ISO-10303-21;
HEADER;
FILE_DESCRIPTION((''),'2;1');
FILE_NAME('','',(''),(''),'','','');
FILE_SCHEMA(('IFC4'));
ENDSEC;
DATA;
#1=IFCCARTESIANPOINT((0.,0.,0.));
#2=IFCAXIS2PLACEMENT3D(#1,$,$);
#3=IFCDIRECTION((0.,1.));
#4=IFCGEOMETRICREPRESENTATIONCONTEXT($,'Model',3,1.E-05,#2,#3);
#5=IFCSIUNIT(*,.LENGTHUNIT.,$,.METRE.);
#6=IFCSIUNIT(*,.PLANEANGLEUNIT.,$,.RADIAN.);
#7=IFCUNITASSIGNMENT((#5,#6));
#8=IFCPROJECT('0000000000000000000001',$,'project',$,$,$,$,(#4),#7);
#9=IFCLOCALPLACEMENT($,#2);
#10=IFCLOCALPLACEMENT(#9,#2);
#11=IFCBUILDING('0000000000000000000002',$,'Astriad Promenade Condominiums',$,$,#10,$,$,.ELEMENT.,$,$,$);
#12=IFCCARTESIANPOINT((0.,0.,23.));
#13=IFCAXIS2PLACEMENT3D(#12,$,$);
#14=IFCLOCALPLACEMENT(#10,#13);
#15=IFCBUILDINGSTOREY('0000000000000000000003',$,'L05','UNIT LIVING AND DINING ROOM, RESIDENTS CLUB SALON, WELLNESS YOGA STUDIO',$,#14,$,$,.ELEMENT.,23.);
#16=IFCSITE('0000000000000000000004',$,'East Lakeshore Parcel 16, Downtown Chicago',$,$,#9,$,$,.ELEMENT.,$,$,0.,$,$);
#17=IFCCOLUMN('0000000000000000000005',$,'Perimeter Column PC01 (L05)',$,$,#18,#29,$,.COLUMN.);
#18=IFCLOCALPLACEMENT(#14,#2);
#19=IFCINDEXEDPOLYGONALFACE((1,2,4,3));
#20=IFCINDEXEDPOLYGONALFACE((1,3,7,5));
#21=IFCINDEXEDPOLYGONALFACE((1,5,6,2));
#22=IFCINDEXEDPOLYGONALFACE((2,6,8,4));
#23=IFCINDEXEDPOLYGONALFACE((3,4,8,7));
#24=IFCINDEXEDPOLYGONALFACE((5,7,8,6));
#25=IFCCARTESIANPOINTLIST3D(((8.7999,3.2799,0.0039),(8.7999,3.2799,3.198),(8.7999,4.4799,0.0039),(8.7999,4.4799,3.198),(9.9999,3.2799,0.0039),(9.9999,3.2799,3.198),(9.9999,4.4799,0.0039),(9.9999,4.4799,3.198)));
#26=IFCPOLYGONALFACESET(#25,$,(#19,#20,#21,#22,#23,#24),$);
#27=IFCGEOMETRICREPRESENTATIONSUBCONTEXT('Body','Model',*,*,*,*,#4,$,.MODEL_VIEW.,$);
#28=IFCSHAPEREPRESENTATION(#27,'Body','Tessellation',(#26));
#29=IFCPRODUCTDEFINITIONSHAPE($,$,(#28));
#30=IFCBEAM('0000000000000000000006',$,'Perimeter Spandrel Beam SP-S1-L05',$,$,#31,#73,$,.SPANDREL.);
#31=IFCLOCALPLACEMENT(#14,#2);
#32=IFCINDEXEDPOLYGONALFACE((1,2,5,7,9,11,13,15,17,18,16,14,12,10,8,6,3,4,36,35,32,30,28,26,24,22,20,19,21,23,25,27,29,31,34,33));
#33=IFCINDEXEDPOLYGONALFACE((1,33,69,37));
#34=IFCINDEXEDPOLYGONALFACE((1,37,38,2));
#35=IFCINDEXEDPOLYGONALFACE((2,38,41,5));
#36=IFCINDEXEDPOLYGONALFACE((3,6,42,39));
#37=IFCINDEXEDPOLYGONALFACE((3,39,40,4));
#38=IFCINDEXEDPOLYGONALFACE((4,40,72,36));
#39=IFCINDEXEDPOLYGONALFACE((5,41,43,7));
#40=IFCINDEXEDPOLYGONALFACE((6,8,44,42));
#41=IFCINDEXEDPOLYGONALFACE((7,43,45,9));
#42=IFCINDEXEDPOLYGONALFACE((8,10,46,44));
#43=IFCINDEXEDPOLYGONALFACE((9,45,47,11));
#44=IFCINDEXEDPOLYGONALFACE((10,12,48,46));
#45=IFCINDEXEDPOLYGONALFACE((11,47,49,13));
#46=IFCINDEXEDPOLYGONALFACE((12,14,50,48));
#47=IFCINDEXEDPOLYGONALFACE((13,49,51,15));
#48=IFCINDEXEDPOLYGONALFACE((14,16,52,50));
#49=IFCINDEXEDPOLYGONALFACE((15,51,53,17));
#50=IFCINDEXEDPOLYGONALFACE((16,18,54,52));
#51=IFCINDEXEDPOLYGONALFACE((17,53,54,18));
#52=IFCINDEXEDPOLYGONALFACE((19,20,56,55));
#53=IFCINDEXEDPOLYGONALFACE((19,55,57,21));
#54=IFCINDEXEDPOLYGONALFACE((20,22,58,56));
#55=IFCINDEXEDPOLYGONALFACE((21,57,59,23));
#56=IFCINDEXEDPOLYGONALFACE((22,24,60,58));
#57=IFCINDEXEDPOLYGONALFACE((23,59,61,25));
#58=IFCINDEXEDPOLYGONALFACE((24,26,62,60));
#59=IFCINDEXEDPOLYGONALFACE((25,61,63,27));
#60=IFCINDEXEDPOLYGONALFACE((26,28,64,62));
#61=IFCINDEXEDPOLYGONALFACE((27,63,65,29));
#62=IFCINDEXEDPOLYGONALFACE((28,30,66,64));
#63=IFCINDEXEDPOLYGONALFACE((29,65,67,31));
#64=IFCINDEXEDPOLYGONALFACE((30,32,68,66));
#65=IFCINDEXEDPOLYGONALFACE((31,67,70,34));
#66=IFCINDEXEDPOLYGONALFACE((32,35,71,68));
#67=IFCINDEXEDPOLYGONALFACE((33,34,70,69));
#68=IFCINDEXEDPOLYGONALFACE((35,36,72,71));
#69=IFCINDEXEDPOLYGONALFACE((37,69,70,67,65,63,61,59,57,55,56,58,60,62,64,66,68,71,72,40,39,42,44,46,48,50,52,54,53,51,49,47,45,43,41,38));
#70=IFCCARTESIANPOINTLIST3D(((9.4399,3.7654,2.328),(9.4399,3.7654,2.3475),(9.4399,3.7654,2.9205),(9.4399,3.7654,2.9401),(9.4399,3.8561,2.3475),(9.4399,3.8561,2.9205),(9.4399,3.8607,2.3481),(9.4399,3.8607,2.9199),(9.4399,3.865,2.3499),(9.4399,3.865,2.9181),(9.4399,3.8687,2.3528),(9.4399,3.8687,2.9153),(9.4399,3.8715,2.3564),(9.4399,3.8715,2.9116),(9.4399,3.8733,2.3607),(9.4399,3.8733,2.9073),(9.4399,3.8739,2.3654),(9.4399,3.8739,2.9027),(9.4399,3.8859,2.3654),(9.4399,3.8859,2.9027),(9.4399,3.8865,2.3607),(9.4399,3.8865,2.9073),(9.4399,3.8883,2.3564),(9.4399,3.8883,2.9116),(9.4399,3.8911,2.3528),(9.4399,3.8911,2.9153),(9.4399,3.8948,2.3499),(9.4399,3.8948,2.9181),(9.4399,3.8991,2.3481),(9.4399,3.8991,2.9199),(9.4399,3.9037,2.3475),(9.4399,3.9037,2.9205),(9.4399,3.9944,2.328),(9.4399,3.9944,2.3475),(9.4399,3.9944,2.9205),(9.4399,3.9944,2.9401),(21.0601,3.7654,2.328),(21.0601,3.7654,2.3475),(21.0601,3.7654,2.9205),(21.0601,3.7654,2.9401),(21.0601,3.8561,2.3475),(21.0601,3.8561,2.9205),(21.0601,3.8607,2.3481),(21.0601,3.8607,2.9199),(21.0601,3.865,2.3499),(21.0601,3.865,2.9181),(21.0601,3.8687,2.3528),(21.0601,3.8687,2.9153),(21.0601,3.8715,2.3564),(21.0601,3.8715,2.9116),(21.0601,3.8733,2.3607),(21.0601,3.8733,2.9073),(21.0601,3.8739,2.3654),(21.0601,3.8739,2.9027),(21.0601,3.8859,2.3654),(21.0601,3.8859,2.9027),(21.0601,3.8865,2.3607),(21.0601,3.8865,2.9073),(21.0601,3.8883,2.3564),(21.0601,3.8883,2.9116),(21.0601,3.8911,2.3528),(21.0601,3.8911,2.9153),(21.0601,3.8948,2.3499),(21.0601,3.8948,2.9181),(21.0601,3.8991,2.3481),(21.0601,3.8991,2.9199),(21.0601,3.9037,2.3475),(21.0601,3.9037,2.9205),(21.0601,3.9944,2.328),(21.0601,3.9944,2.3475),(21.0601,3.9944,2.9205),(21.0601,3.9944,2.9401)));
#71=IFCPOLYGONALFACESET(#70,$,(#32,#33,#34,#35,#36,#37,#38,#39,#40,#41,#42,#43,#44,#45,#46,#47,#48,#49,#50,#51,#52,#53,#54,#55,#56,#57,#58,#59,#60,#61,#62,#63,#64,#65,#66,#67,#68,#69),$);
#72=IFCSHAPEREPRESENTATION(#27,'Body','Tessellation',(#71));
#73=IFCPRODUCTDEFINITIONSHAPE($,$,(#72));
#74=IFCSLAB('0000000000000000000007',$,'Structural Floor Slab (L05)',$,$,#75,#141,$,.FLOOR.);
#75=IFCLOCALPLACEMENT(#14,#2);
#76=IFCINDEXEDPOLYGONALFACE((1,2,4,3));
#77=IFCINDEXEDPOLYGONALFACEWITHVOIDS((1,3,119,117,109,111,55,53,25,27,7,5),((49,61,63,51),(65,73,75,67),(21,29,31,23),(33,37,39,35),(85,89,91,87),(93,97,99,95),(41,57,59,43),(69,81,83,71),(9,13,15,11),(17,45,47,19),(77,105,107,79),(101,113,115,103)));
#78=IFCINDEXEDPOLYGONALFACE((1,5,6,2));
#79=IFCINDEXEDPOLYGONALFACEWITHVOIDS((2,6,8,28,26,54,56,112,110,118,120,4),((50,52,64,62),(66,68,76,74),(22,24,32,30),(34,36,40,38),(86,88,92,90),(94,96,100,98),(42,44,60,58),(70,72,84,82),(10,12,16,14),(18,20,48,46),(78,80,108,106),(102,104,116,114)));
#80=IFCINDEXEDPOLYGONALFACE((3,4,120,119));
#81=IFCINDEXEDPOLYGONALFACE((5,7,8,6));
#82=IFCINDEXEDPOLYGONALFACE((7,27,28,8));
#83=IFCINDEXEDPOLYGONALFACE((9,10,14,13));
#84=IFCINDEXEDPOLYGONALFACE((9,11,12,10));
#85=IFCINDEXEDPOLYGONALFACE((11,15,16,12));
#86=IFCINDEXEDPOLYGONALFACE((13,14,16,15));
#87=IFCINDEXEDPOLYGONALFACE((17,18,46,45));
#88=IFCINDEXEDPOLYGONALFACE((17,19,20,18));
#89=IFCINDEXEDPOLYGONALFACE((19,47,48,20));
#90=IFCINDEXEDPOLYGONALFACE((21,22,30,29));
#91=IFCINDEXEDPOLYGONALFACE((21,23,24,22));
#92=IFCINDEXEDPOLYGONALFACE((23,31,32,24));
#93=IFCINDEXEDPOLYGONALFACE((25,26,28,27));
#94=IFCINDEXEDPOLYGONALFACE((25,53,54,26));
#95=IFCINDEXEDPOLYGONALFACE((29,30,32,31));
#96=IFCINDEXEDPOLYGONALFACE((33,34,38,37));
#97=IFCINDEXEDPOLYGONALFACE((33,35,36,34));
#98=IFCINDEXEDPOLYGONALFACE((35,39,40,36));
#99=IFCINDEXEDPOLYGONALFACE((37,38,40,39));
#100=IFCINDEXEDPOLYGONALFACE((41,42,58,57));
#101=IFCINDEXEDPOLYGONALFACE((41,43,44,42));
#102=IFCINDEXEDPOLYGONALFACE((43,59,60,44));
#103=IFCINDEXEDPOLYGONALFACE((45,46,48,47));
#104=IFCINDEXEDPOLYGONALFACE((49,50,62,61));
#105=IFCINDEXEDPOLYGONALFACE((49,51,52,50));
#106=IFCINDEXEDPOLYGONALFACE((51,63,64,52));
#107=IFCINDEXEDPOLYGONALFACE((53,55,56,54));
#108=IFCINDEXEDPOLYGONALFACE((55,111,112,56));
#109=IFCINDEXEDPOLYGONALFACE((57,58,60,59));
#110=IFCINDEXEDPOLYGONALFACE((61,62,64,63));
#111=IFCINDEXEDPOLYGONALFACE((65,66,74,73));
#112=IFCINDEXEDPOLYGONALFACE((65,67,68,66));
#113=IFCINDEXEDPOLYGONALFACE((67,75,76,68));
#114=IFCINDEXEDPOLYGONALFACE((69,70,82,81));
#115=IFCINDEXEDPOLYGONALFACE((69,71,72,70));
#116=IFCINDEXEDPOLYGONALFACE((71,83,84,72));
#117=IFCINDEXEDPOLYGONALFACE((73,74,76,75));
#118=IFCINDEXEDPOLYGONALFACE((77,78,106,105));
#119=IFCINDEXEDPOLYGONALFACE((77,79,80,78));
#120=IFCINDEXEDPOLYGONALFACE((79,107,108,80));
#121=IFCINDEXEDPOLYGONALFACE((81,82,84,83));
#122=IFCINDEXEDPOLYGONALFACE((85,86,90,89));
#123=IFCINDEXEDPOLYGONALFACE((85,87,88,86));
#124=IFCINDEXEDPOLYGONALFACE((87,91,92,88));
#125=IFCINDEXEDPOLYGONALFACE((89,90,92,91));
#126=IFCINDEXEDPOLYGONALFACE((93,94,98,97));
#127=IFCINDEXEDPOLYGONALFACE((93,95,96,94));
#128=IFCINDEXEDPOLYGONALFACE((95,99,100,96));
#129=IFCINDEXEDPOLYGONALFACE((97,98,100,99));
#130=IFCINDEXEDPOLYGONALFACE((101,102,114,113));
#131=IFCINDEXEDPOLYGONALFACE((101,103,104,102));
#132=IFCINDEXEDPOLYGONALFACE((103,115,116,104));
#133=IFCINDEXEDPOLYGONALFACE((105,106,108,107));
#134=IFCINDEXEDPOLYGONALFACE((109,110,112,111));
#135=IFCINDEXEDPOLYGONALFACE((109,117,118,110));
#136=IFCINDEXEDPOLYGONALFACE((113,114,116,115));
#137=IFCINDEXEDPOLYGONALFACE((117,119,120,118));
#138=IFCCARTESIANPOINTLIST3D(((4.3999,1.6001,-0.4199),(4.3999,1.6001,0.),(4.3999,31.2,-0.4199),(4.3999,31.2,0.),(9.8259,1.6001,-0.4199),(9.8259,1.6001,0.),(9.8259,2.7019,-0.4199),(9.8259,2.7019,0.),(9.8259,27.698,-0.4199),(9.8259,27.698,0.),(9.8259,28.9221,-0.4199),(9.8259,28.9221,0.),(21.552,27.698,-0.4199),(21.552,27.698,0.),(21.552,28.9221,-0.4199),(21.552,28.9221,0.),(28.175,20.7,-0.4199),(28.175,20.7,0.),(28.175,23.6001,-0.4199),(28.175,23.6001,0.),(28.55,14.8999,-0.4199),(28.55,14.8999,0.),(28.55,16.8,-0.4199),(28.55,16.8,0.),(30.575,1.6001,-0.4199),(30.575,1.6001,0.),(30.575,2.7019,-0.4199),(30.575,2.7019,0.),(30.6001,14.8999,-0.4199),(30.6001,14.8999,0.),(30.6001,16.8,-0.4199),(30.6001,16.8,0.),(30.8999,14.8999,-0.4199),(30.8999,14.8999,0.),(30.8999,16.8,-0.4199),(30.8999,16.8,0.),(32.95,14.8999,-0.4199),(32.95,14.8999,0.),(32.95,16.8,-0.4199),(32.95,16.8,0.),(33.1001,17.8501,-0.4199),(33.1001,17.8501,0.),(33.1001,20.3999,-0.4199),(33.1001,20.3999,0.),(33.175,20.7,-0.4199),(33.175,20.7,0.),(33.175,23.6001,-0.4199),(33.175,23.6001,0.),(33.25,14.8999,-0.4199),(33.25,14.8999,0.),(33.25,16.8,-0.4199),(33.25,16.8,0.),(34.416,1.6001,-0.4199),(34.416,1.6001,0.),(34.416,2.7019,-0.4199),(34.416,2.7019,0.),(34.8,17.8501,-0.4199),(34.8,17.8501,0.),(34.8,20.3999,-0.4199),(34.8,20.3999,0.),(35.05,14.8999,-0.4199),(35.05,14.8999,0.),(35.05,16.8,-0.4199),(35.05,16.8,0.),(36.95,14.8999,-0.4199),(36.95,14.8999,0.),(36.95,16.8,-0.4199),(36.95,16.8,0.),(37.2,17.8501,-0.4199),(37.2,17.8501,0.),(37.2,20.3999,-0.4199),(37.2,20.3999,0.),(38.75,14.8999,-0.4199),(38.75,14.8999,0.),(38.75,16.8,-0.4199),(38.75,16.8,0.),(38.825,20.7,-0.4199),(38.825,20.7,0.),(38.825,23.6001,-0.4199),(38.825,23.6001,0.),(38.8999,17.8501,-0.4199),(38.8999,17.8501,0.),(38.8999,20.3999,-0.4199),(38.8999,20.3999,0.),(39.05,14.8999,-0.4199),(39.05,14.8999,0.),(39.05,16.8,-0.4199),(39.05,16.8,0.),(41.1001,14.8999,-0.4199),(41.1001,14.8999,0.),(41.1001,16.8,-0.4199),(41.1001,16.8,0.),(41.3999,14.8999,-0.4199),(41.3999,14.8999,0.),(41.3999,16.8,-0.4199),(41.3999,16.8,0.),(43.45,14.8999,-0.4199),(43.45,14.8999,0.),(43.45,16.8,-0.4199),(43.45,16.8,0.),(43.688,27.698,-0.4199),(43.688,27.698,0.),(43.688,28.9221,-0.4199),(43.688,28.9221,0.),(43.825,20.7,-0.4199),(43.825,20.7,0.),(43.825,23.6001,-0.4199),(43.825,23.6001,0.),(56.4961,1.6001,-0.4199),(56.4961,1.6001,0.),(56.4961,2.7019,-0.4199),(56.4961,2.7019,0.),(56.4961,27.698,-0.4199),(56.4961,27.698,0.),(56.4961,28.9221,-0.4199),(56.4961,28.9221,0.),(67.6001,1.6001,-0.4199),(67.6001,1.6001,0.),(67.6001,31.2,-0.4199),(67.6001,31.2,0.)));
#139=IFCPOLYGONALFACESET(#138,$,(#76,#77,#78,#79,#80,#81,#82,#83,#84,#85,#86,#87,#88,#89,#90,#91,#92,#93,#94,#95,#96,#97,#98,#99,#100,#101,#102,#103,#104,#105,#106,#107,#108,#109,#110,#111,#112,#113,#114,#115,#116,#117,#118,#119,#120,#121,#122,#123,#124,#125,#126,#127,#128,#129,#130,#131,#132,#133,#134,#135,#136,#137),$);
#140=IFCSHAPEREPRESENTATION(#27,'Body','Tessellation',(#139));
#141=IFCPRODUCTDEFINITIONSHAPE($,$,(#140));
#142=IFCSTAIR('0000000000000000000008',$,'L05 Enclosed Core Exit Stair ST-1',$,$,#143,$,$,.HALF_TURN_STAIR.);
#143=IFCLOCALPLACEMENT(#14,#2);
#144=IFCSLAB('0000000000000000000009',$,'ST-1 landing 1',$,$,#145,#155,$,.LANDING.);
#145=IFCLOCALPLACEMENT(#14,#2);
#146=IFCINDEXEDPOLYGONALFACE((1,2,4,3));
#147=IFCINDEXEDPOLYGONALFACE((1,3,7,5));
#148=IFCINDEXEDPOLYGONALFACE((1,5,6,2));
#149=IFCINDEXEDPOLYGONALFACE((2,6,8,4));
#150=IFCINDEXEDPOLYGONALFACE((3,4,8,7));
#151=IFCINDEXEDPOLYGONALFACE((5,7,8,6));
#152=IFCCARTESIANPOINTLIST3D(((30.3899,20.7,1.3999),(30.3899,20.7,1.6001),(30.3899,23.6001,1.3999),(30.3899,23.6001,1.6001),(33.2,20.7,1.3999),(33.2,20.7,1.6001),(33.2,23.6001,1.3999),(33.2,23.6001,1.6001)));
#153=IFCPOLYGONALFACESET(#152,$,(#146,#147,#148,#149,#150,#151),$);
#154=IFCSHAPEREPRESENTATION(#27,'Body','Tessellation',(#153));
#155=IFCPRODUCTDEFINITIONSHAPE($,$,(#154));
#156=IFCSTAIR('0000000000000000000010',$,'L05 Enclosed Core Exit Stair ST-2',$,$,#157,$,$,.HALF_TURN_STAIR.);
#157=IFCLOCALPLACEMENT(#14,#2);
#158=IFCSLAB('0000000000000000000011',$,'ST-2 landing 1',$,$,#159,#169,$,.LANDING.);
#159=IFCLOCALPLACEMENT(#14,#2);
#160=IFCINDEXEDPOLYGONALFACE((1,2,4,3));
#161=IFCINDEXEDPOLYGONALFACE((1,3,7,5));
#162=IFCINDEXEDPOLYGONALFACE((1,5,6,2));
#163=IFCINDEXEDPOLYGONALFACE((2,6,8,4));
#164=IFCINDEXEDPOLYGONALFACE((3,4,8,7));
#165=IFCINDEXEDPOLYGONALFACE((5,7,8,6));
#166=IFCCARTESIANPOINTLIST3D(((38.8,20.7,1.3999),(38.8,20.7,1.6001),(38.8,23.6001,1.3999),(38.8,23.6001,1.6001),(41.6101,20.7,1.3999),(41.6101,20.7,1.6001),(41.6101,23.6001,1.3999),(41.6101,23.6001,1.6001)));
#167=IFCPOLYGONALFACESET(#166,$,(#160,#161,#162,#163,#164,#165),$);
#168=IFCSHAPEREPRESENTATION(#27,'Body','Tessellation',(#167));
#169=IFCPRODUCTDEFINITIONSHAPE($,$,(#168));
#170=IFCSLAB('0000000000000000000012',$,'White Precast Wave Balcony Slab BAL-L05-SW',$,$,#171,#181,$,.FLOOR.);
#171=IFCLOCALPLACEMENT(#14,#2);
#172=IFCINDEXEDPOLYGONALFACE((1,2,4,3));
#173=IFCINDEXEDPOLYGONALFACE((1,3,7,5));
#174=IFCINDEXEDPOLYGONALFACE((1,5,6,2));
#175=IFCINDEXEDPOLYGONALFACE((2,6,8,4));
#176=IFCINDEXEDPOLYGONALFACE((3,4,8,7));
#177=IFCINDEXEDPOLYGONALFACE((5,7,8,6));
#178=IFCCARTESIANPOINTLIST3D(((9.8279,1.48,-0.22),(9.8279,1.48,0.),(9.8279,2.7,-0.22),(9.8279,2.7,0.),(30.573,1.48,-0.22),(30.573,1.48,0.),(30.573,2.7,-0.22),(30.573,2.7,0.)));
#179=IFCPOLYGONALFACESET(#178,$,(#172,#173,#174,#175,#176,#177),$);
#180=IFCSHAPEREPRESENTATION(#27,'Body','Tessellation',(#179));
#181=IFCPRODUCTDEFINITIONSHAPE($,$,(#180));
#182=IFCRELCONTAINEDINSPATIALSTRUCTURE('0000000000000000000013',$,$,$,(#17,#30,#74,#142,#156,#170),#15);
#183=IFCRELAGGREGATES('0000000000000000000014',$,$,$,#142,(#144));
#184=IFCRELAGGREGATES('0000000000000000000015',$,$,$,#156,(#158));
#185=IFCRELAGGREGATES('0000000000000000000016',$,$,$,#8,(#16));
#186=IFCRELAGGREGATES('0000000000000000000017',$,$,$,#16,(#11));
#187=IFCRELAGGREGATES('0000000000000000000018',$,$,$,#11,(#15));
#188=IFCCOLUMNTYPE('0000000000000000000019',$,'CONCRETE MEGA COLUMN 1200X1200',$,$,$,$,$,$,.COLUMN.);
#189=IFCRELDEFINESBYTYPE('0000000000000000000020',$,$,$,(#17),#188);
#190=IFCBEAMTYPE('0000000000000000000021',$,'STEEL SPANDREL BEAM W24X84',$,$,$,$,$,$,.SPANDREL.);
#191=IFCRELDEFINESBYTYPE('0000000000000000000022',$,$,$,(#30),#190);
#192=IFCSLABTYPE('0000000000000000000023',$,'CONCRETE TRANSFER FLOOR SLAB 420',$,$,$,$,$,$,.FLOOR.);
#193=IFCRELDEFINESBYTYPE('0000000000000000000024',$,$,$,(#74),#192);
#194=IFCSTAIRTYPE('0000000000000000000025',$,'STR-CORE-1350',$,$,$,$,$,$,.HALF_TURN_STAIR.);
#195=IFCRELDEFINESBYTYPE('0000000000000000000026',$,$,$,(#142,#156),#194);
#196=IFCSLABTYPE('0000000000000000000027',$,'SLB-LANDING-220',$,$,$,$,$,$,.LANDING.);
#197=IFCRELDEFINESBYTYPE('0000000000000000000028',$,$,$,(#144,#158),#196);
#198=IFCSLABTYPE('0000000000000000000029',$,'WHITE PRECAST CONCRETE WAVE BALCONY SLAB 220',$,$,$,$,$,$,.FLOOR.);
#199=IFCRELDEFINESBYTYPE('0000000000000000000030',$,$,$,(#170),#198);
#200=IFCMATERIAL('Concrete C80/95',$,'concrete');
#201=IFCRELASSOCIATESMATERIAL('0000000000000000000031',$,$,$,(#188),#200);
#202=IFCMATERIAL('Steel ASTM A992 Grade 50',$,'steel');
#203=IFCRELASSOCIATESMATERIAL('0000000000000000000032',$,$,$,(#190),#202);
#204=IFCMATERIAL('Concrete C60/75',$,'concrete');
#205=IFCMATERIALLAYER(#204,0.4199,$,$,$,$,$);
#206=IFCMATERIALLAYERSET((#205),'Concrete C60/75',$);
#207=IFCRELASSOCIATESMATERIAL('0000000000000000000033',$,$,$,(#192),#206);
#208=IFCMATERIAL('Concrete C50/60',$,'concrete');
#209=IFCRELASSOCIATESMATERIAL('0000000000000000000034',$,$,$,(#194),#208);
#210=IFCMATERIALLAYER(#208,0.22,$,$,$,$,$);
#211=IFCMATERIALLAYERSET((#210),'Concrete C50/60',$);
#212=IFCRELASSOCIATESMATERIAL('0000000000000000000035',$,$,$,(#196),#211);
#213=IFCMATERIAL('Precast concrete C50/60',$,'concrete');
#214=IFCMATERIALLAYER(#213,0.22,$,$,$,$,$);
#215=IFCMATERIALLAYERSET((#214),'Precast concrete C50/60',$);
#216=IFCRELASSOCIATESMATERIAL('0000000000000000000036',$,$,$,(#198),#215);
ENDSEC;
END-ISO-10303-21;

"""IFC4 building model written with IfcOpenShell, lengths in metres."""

from ifc_helpers import new_model, si_unit, direction, frame, origin, origin_2d, place, context, subcontext, project, spatial, polyline, rectangle, i_section, outline, extrude, source, transform, mapped, material, layer, layer_set, material_profile, profile_set, type_object, type_shapes, element, aggregate, save


model = new_model("IFC4")

# Units and contexts
model_context = context("Model", 3, precision=1e-05, world=origin(), true_north=direction((0.0, 1.0)))
body_context = subcontext(model_context, "Body", "Model", "MODEL_VIEW")
ifc_project = project(units=[si_unit("LENGTHUNIT", "METRE"), si_unit("PLANEANGLEUNIT", "RADIAN")], contexts=[model_context])

# Site, building, storey
site_placement = place(None, origin())
site = spatial("IfcSite", under=ifc_project, at=site_placement, Name="East Lakeshore Parcel 16, Downtown Chicago", CompositionType="ELEMENT", RefElevation=0.0)
building_placement = place(site_placement, origin())
building = spatial("IfcBuilding", under=site, at=building_placement, Name="Astriad Promenade Condominiums", CompositionType="ELEMENT")
storey_placement = place(building_placement, frame((0.0, 0.0, 23.0)))
storey = spatial("IfcBuildingStorey", under=building, at=storey_placement, Name="L05", Description="UNIT LIVING AND DINING ROOM, RESIDENTS CLUB SALON, WELLNESS YOGA STUDIO", CompositionType="ELEMENT", Elevation=23.0)

# Column
ifc_material_1 = material(Name="Concrete C80/95", Category="concrete")
ifc_material_profile_1 = material_profile(ifc_material_1, rectangle(XDim=1.2, YDim=1.2, at=origin_2d()), Name="RC-COL-1200X1200")
ifc_profile_set_1 = profile_set([ifc_material_profile_1], Name="Concrete C80/95")
column_type = type_object("IfcColumnType", Name="CONCRETE MEGA COLUMN 1200X1200", PredefinedType="COLUMN", material=ifc_profile_set_1)
shared_shape_1 = source(origin(), body_context, "Body", "SweptSolid", [
    extrude(rectangle(XDim=1.2, YDim=1.2, at=origin_2d()), origin(), (0.0, 0.0, 1.0), 3.1941),
])
type_shapes(column_type, [shared_shape_1])
column_placement = place(storey_placement, frame((9.3999, 3.8799, 0.0039), z_axis=(0.0, 0.0, 1.0), x_axis=(1.0, 0.0, 0.0)))
element("IfcColumn", 1, at=column_placement, inside=storey, type_object=column_type, Name="Perimeter Column PC01 (L05)", PredefinedType="COLUMN", context=body_context, shape_type="MappedRepresentation", body=[
    mapped(shared_shape_1, transform((0.0, 0.0, 0.0), scale=1.0)),
])

# Beam
ifc_material_2 = material(Name="Steel ASTM A992 Grade 50", Category="steel")
ifc_material_profile_2 = material_profile(ifc_material_2, i_section(OverallWidth=0.229, OverallDepth=0.6121, WebThickness=0.012, FlangeThickness=0.0195, FilletRadius=0.0178, at=origin_2d()), Name="W24X84")
ifc_profile_set_2 = profile_set([ifc_material_profile_2], Name="Steel ASTM A992 Grade 50")
beam_type = type_object("IfcBeamType", Name="STEEL SPANDREL BEAM W24X84", PredefinedType="SPANDREL", material=ifc_profile_set_2)
shared_shape_2 = source(origin(), body_context, "Body", "SweptSolid", [
    extrude(i_section(OverallWidth=0.229, OverallDepth=0.6121, WebThickness=0.012, FlangeThickness=0.0195, FilletRadius=0.0178, at=origin_2d()), origin(), (0.0, 0.0, 1.0), 11.6201),
])
type_shapes(beam_type, [shared_shape_2])
beam_placement = place(storey_placement, frame((9.4399, 3.8799, 2.634), z_axis=(1.0, 0.0, 0.0), x_axis=(0.0, 1.0, 0.0)))
element("IfcBeam", 2, at=beam_placement, inside=storey, type_object=beam_type, Name="Perimeter Spandrel Beam SP-S1-L05", PredefinedType="SPANDREL", context=body_context, shape_type="MappedRepresentation", body=[
    mapped(shared_shape_2, transform((0.0, 0.0, 0.0), scale=1.0)),
])

# Slab
ifc_material_3 = material(Name="Concrete C60/75", Category="concrete")
ifc_layer_1 = layer(ifc_material_3, 0.4199)
ifc_layer_set_1 = layer_set([ifc_layer_1], Name="Concrete C60/75")
slab_type_1 = type_object("IfcSlabType", Name="CONCRETE TRANSFER FLOOR SLAB 420", PredefinedType="FLOOR", material=ifc_layer_set_1)
slab_1_placement = place(storey_placement, frame((0.0, 0.0, -0.4199)))
element("IfcSlab", 3, at=slab_1_placement, inside=storey, type_object=slab_type_1, Name="Structural Floor Slab (L05)", PredefinedType="FLOOR", context=body_context, shape_type="SweptSolid", body=[
    extrude(outline(polyline([(56.4961, 1.6001), (67.6001, 1.6001), (67.6001, 31.2), (4.3999, 31.2), (4.3999, 1.6001), (9.8259, 1.6001), (9.8259, 2.7019), (30.575, 2.7019), (30.575, 1.6001), (34.416, 1.6001), (34.416, 2.7019), (56.4961, 2.7019), (56.4961, 1.6001)]), holes=[polyline([(21.552, 28.9221), (9.8259, 28.9221), (9.8259, 27.698), (21.552, 27.698), (21.552, 28.9221)]), polyline([(56.4961, 27.698), (56.4961, 28.9221), (43.688, 28.9221), (43.688, 27.698), (56.4961, 27.698)]), polyline([(28.175, 20.7), (33.175, 20.7), (33.175, 23.6001), (28.175, 23.6001), (28.175, 20.7)]), polyline([(38.825, 20.7), (43.825, 20.7), (43.825, 23.6001), (38.825, 23.6001), (38.825, 20.7)]), polyline([(33.1001, 17.8501), (34.8, 17.8501), (34.8, 20.3999), (33.1001, 20.3999), (33.1001, 17.8501)]), polyline([(37.2, 17.8501), (38.8999, 17.8501), (38.8999, 20.3999), (37.2, 20.3999), (37.2, 17.8501)]), polyline([(28.55, 14.8999), (30.6001, 14.8999), (30.6001, 16.8), (28.55, 16.8), (28.55, 14.8999)]), polyline([(30.8999, 14.8999), (32.95, 14.8999), (32.95, 16.8), (30.8999, 16.8), (30.8999, 14.8999)]), polyline([(33.25, 14.8999), (35.05, 14.8999), (35.05, 16.8), (33.25, 16.8), (33.25, 14.8999)]), polyline([(36.95, 14.8999), (38.75, 14.8999), (38.75, 16.8), (36.95, 16.8), (36.95, 14.8999)]), polyline([(39.05, 14.8999), (41.1001, 14.8999), (41.1001, 16.8), (39.05, 16.8), (39.05, 14.8999)]), polyline([(41.3999, 14.8999), (43.45, 14.8999), (43.45, 16.8), (41.3999, 16.8), (41.3999, 14.8999)])]), origin(), (0.0, 0.0, 1.0), 0.4199),
])

# Stairs, slabs
ifc_material_4 = material(Name="Concrete C50/60", Category="concrete")
stair_type = type_object("IfcStairType", Name="STR-CORE-1350", PredefinedType="HALF_TURN_STAIR", material=ifc_material_4)
stair_1_placement = place(storey_placement, origin())
stair_1 = element("IfcStair", 4, at=stair_1_placement, inside=storey, type_object=stair_type, Name="L05 Enclosed Core Exit Stair ST-1", PredefinedType="HALF_TURN_STAIR")
ifc_layer_2 = layer(ifc_material_4, 0.22)
ifc_layer_set_2 = layer_set([ifc_layer_2], Name="Concrete C50/60")
slab_type_2 = type_object("IfcSlabType", Name="SLB-LANDING-220", PredefinedType="LANDING", material=ifc_layer_set_2)
slab_2_placement = place(storey_placement, frame((0.0, 0.0, 1.3999)))
slab_2 = element("IfcSlab", 5, at=slab_2_placement, type_object=slab_type_2, Name="ST-1 landing 1", PredefinedType="LANDING", context=body_context, shape_type="SweptSolid", body=[
    extrude(outline(polyline([(30.3899, 20.7), (33.2, 20.7), (33.2, 23.6001), (30.3899, 23.6001), (30.3899, 20.7)])), origin(), (0.0, 0.0, 1.0), 0.2002),
])
aggregate(stair_1, [slab_2])
stair_2_placement = place(storey_placement, origin())
stair_2 = element("IfcStair", 6, at=stair_2_placement, inside=storey, type_object=stair_type, Name="L05 Enclosed Core Exit Stair ST-2", PredefinedType="HALF_TURN_STAIR")
slab_3_placement = place(storey_placement, frame((0.0, 0.0, 1.3999)))
slab_3 = element("IfcSlab", 7, at=slab_3_placement, type_object=slab_type_2, Name="ST-2 landing 1", PredefinedType="LANDING", context=body_context, shape_type="SweptSolid", body=[
    extrude(outline(polyline([(41.6101, 23.6001), (38.8, 23.6001), (38.8, 20.7), (41.6101, 20.7), (41.6101, 23.6001)])), origin(), (0.0, 0.0, 1.0), 0.2002),
])
aggregate(stair_2, [slab_3])

# Slab
ifc_material_5 = material(Name="Precast concrete C50/60", Category="concrete")
ifc_layer_3 = layer(ifc_material_5, 0.22)
ifc_layer_set_3 = layer_set([ifc_layer_3], Name="Precast concrete C50/60")
slab_type_3 = type_object("IfcSlabType", Name="WHITE PRECAST CONCRETE WAVE BALCONY SLAB 220", PredefinedType="FLOOR", material=ifc_layer_set_3)
slab_4_placement = place(storey_placement, frame((0.0, 0.0, -0.22)))
element("IfcSlab", 8, at=slab_4_placement, inside=storey, type_object=slab_type_3, Name="White Precast Wave Balcony Slab BAL-L05-SW", PredefinedType="FLOOR", context=body_context, shape_type="SweptSolid", body=[
    extrude(outline(polyline([(9.8279, 1.48), (30.573, 1.48), (30.573, 2.7), (9.8279, 2.7), (9.8279, 1.48)])), origin(), (0.0, 0.0, 1.0), 0.22),
])

save(model, "model.ifc")
